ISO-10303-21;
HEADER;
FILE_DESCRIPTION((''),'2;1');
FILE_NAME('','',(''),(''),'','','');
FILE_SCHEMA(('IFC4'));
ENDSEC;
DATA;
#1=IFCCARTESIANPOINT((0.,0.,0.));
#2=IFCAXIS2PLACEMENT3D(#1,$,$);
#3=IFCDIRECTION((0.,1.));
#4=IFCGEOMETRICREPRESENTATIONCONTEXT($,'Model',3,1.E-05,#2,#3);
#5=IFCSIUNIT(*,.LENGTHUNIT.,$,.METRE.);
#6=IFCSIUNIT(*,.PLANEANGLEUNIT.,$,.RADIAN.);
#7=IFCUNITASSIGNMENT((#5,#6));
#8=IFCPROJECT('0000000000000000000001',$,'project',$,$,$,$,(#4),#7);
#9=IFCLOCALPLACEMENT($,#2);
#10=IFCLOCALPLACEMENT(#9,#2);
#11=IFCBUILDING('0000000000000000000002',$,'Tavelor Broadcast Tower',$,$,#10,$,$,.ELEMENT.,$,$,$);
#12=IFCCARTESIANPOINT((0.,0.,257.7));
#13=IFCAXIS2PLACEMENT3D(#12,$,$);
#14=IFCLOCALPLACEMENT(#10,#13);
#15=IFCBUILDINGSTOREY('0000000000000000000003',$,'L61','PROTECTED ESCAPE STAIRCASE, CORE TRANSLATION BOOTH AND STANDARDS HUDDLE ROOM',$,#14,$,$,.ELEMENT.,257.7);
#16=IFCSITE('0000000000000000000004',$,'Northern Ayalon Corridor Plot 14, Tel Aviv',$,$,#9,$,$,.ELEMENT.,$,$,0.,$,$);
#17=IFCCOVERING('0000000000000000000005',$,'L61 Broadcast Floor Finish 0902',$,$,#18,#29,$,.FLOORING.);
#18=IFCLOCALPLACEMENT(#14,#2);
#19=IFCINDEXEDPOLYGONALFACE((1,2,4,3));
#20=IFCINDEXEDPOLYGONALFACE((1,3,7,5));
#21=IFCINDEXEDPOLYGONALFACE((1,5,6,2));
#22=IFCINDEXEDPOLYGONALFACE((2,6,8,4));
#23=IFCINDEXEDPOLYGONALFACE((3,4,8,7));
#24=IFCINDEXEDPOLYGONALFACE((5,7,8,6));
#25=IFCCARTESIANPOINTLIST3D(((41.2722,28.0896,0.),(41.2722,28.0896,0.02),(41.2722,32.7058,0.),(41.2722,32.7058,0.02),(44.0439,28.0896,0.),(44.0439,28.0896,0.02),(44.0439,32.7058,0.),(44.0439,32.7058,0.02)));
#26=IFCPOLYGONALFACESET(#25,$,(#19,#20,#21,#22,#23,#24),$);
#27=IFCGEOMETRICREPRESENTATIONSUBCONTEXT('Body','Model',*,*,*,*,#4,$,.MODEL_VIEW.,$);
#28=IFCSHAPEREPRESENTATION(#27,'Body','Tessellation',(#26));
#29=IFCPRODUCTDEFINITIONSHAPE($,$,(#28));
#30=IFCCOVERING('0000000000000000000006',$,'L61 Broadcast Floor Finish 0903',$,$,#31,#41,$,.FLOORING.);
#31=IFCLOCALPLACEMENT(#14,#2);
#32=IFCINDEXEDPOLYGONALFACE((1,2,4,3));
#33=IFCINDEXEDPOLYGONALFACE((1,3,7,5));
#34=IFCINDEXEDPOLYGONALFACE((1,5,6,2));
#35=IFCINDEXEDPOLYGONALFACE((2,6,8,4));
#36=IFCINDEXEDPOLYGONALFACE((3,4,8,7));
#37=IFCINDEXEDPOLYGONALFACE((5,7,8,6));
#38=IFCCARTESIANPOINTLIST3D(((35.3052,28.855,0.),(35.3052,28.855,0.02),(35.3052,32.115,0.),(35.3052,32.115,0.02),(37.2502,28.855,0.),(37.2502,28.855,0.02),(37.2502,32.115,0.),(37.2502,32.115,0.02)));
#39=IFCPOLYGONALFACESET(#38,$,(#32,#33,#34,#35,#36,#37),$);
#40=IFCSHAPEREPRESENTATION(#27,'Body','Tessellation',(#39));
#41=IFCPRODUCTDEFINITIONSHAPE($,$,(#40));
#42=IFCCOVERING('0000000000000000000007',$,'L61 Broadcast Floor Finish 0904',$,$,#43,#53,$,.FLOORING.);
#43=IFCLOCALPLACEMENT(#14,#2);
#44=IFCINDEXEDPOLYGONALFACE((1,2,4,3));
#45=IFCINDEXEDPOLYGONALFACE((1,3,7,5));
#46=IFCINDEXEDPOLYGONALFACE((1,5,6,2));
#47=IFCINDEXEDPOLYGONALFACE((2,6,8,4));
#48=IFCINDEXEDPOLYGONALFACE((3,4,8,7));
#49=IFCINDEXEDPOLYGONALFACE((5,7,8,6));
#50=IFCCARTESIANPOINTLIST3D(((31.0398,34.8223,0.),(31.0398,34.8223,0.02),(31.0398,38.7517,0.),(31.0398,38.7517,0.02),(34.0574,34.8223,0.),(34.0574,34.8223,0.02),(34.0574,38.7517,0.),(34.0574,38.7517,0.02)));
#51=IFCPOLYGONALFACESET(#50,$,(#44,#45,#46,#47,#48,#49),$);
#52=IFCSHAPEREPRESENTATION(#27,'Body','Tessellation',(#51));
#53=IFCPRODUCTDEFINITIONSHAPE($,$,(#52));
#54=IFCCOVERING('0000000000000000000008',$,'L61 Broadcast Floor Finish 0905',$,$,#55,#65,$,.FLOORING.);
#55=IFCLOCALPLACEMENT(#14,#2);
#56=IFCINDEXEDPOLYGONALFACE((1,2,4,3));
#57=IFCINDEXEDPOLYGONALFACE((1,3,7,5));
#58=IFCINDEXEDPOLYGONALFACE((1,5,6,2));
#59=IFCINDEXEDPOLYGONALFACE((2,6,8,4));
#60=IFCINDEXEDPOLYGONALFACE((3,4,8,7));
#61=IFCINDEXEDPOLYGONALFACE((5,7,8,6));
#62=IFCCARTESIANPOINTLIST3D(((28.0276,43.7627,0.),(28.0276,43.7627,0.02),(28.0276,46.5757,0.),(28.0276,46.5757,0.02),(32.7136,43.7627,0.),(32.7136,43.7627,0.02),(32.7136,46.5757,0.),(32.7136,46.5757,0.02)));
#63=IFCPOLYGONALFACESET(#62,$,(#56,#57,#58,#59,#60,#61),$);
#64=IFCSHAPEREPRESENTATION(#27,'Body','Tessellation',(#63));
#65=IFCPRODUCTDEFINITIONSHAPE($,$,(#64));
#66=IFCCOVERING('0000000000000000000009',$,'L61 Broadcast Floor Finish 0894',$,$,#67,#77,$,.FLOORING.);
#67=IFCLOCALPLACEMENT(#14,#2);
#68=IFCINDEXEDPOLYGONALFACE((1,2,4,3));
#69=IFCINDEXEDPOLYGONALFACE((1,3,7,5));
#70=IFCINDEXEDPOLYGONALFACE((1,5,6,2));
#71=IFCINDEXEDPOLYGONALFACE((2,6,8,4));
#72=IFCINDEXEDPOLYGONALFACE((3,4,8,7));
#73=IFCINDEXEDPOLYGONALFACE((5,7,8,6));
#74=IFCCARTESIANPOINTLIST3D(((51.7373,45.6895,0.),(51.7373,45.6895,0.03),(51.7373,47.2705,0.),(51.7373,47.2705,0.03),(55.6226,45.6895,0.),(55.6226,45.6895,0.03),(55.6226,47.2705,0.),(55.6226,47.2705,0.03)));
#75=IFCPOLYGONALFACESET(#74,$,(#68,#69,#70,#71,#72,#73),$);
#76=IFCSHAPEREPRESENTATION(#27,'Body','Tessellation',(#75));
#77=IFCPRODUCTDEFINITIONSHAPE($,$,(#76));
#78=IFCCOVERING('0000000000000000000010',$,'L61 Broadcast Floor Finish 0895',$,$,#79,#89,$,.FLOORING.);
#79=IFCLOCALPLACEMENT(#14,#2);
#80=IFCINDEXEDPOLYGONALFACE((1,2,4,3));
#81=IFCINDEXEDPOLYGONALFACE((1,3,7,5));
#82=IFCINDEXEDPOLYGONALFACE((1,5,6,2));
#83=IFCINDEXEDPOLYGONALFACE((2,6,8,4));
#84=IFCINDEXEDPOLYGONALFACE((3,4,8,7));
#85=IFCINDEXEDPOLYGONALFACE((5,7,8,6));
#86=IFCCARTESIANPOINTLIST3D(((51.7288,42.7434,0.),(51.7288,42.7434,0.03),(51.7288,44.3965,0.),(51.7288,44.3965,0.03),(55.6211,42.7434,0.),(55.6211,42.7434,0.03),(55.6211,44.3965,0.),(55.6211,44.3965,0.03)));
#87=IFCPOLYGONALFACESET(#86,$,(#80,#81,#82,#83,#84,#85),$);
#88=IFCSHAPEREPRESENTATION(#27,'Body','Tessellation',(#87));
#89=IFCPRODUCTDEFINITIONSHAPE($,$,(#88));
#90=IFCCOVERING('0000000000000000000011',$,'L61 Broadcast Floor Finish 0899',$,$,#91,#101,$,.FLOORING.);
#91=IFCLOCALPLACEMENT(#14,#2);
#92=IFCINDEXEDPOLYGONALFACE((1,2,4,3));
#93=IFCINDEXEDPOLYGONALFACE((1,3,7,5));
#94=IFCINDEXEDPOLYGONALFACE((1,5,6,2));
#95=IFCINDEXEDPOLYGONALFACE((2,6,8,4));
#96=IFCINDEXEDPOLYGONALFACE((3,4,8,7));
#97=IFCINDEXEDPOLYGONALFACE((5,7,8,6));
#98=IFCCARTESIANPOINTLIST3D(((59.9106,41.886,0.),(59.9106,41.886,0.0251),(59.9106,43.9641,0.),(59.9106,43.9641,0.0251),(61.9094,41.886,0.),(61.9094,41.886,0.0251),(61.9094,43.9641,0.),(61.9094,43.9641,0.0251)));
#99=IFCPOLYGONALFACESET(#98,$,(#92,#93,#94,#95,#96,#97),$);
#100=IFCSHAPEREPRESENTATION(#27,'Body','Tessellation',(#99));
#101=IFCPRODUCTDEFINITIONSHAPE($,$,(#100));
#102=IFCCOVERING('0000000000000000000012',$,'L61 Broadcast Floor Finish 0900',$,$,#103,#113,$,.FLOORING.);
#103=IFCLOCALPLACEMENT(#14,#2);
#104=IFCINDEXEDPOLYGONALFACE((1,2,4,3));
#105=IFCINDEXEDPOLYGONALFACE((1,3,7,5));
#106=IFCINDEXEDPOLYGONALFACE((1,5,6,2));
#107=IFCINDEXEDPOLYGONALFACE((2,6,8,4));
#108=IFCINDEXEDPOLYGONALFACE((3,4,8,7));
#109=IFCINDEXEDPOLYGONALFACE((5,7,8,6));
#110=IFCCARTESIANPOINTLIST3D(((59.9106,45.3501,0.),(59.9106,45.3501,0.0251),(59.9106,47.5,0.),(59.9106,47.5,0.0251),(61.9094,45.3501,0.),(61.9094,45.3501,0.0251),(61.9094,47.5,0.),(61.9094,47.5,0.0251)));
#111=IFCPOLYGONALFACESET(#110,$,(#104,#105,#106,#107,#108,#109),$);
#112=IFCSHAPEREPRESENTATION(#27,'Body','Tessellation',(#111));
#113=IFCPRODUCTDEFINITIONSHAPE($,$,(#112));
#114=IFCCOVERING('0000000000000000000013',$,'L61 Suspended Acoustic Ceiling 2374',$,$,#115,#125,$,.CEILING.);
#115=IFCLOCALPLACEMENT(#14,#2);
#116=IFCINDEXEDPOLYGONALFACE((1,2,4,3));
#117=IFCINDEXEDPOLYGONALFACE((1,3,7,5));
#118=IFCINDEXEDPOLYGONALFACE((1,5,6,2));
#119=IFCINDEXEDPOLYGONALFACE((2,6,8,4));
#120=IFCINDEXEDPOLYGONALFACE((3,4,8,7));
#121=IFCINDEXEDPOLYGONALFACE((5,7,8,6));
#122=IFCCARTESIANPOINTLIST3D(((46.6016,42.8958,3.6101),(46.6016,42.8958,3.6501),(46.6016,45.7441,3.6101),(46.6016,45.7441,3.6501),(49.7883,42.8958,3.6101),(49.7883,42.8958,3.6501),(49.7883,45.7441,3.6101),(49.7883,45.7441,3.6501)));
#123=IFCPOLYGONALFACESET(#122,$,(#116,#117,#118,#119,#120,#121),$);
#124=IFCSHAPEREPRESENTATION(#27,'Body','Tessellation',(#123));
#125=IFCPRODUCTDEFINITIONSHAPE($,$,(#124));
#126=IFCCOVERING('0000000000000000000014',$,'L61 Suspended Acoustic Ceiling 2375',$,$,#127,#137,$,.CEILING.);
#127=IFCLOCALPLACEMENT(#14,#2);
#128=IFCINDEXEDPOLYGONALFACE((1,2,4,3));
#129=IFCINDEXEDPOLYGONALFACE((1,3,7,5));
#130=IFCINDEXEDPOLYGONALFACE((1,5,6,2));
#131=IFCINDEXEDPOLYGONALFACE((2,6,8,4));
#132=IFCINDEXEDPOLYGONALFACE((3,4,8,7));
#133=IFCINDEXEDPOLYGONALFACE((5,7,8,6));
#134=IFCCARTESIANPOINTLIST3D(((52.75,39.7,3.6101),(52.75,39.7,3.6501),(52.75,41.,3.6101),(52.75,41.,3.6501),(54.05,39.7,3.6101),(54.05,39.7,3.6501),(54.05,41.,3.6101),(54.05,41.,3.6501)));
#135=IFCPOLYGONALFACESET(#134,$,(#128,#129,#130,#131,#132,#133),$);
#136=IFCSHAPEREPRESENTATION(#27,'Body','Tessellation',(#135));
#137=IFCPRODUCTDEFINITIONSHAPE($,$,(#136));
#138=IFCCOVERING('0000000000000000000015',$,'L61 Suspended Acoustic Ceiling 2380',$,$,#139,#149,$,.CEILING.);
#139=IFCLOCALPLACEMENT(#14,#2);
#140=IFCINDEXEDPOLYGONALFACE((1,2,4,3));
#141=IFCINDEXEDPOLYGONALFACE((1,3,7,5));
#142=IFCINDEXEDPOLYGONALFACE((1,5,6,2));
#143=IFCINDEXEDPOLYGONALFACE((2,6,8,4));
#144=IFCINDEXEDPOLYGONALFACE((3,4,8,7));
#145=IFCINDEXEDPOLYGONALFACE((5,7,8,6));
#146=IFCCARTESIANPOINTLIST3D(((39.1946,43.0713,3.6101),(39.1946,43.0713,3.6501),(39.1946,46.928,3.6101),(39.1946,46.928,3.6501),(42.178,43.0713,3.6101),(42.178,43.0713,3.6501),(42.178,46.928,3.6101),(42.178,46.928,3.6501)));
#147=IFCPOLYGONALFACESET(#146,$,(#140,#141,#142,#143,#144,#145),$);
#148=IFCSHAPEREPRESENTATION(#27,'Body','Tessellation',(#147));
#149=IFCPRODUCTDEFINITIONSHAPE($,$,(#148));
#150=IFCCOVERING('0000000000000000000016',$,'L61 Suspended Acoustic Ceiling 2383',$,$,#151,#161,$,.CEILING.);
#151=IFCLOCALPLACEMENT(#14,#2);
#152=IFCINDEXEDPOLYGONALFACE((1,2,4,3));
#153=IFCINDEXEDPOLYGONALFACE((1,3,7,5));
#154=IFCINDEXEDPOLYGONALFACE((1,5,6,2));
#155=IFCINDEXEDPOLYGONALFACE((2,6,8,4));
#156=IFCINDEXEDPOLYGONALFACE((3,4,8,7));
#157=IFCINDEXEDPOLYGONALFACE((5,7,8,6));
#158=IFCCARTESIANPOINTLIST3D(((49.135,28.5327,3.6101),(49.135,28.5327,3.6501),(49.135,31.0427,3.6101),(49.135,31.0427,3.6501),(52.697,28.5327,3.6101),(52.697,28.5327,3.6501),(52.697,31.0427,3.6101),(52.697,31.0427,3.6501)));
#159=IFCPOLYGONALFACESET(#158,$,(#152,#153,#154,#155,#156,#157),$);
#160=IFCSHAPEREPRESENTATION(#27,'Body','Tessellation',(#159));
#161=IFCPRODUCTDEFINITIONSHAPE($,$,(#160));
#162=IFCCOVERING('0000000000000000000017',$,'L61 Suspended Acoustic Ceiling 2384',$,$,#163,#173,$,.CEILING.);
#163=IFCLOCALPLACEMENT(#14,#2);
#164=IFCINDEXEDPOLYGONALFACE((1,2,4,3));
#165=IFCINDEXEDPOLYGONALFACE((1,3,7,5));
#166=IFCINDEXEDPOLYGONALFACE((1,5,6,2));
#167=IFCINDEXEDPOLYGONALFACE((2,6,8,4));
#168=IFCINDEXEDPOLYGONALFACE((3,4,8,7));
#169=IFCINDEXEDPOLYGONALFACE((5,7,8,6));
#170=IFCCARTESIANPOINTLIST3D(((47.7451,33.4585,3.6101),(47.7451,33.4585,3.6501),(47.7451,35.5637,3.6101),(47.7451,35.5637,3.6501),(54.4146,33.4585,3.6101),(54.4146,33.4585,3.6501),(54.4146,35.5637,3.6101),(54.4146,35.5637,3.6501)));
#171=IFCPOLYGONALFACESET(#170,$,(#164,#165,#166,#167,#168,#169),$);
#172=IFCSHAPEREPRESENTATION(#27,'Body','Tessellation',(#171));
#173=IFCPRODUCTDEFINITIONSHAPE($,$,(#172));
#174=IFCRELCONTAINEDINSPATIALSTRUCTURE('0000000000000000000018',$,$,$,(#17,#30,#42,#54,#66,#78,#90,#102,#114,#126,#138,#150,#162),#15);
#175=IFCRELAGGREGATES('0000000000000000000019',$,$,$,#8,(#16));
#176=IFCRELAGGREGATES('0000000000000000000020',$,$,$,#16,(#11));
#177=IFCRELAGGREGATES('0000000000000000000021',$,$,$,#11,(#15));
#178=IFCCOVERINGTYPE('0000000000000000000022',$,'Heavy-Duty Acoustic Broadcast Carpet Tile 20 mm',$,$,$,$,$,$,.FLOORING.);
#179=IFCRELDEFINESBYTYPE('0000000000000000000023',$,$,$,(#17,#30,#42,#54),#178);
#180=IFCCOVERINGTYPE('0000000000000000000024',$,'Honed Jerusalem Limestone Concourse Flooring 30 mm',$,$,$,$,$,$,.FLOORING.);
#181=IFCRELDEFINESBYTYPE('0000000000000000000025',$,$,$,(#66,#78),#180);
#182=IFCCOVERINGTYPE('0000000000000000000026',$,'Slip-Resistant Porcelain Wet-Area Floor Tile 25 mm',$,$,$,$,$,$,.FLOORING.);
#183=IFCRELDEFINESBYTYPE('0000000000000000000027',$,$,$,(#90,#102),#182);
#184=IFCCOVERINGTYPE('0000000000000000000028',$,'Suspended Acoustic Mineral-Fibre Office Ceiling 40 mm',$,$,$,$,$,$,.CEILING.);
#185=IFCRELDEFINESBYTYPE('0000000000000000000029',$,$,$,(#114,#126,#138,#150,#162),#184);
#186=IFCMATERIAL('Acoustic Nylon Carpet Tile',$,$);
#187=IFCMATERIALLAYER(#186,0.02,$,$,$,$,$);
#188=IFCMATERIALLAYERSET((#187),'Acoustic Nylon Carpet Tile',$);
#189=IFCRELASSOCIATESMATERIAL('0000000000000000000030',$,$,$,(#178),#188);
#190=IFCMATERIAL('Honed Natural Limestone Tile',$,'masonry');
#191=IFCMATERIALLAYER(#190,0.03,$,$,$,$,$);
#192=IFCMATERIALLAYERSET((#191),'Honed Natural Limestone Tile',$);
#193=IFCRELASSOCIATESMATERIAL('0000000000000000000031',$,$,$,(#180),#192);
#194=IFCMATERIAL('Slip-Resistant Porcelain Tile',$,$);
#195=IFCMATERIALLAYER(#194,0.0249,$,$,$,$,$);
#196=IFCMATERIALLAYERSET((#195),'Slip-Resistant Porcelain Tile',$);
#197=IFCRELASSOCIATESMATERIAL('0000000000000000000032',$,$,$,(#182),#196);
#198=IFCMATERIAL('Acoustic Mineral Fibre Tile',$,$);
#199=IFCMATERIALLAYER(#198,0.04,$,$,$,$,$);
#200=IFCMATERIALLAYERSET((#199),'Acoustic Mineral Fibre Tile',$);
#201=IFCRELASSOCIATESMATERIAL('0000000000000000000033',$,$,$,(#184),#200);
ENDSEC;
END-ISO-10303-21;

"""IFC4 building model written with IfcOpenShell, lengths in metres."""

from ifc_helpers import new_model, si_unit, direction, frame, origin, place, context, subcontext, project, spatial, polyline, outline, extrude, material, layer, layer_set, type_object, element, save


model = new_model("IFC4")

# Units and contexts
model_context = context("Model", 3, precision=1e-05, world=origin(), true_north=direction((0.0, 1.0)))
body_context = subcontext(model_context, "Body", "Model", "MODEL_VIEW")
ifc_project = project(units=[si_unit("LENGTHUNIT", "METRE"), si_unit("PLANEANGLEUNIT", "RADIAN")], contexts=[model_context])

# Site, building, storey
site_placement = place(None, origin())
site = spatial("IfcSite", under=ifc_project, at=site_placement, Name="Northern Ayalon Corridor Plot 14, Tel Aviv", CompositionType="ELEMENT", RefElevation=0.0)
building_placement = place(site_placement, origin())
building = spatial("IfcBuilding", under=site, at=building_placement, Name="Tavelor Broadcast Tower", CompositionType="ELEMENT")
storey_placement = place(building_placement, frame((0.0, 0.0, 257.7)))
storey = spatial("IfcBuildingStorey", under=building, at=storey_placement, Name="L61", Description="PROTECTED ESCAPE STAIRCASE, CORE TRANSLATION BOOTH AND STANDARDS HUDDLE ROOM", CompositionType="ELEMENT", Elevation=257.7)

# Coverings
ifc_material_1 = material(Name="Acoustic Nylon Carpet Tile")
ifc_layer_1 = layer(ifc_material_1, 0.02)
ifc_layer_set_1 = layer_set([ifc_layer_1], Name="Acoustic Nylon Carpet Tile")
covering_type_1 = type_object("IfcCoveringType", Name="Heavy-Duty Acoustic Broadcast Carpet Tile 20 mm", PredefinedType="FLOORING", material=ifc_layer_set_1)
covering_1_placement = place(storey_placement, origin())
element("IfcCovering", 1, at=covering_1_placement, inside=storey, type_object=covering_type_1, Name="L61 Broadcast Floor Finish 0902", PredefinedType="FLOORING", context=body_context, shape_type="SweptSolid", body=[
    extrude(outline(polyline([(41.2722, 28.0896), (44.0439, 28.0896), (44.0439, 32.7058), (41.2722, 32.7058), (41.2722, 28.0896)])), origin(), (0.0, 0.0, 1.0), 0.02),
])
covering_2_placement = place(storey_placement, origin())
element("IfcCovering", 2, at=covering_2_placement, inside=storey, type_object=covering_type_1, Name="L61 Broadcast Floor Finish 0903", PredefinedType="FLOORING", context=body_context, shape_type="SweptSolid", body=[
    extrude(outline(polyline([(35.3052, 28.855), (37.2502, 28.855), (37.2502, 32.115), (35.3052, 32.115), (35.3052, 28.855)])), origin(), (0.0, 0.0, 1.0), 0.02),
])
covering_3_placement = place(storey_placement, origin())
element("IfcCovering", 3, at=covering_3_placement, inside=storey, type_object=covering_type_1, Name="L61 Broadcast Floor Finish 0904", PredefinedType="FLOORING", context=body_context, shape_type="SweptSolid", body=[
    extrude(outline(polyline([(31.0398, 34.8223), (34.0574, 34.8223), (34.0574, 38.7517), (31.0398, 38.7517), (31.0398, 34.8223)])), origin(), (0.0, 0.0, 1.0), 0.02),
])
covering_4_placement = place(storey_placement, origin())
element("IfcCovering", 4, at=covering_4_placement, inside=storey, type_object=covering_type_1, Name="L61 Broadcast Floor Finish 0905", PredefinedType="FLOORING", context=body_context, shape_type="SweptSolid", body=[
    extrude(outline(polyline([(28.0276, 43.7627), (32.7136, 43.7627), (32.7136, 46.5757), (28.0276, 46.5757), (28.0276, 43.7627)])), origin(), (0.0, 0.0, 1.0), 0.02),
])
ifc_material_2 = material(Name="Honed Natural Limestone Tile", Category="masonry")
ifc_layer_2 = layer(ifc_material_2, 0.03)
ifc_layer_set_2 = layer_set([ifc_layer_2], Name="Honed Natural Limestone Tile")
covering_type_2 = type_object("IfcCoveringType", Name="Honed Jerusalem Limestone Concourse Flooring 30 mm", PredefinedType="FLOORING", material=ifc_layer_set_2)
covering_5_placement = place(storey_placement, origin())
element("IfcCovering", 5, at=covering_5_placement, inside=storey, type_object=covering_type_2, Name="L61 Broadcast Floor Finish 0894", PredefinedType="FLOORING", context=body_context, shape_type="SweptSolid", body=[
    extrude(outline(polyline([(51.7373, 45.6895), (55.6226, 45.6895), (55.6226, 47.2705), (51.7373, 47.2705), (51.7373, 45.6895)])), origin(), (0.0, 0.0, 1.0), 0.03),
])
covering_6_placement = place(storey_placement, origin())
element("IfcCovering", 6, at=covering_6_placement, inside=storey, type_object=covering_type_2, Name="L61 Broadcast Floor Finish 0895", PredefinedType="FLOORING", context=body_context, shape_type="SweptSolid", body=[
    extrude(outline(polyline([(51.7288, 42.7434), (55.6211, 42.7434), (55.6211, 44.3965), (51.7288, 44.3965), (51.7288, 42.7434)])), origin(), (0.0, 0.0, 1.0), 0.03),
])
ifc_material_3 = material(Name="Slip-Resistant Porcelain Tile")
ifc_layer_3 = layer(ifc_material_3, 0.0249)
ifc_layer_set_3 = layer_set([ifc_layer_3], Name="Slip-Resistant Porcelain Tile")
covering_type_3 = type_object("IfcCoveringType", Name="Slip-Resistant Porcelain Wet-Area Floor Tile 25 mm", PredefinedType="FLOORING", material=ifc_layer_set_3)
covering_7_placement = place(storey_placement, origin())
element("IfcCovering", 7, at=covering_7_placement, inside=storey, type_object=covering_type_3, Name="L61 Broadcast Floor Finish 0899", PredefinedType="FLOORING", context=body_context, shape_type="SweptSolid", body=[
    extrude(outline(polyline([(59.9106, 41.886), (61.9094, 41.886), (61.9094, 43.9641), (59.9106, 43.9641), (59.9106, 41.886)])), origin(), (0.0, 0.0, 1.0), 0.0251),
])
covering_8_placement = place(storey_placement, origin())
element("IfcCovering", 8, at=covering_8_placement, inside=storey, type_object=covering_type_3, Name="L61 Broadcast Floor Finish 0900", PredefinedType="FLOORING", context=body_context, shape_type="SweptSolid", body=[
    extrude(outline(polyline([(59.9106, 45.3501), (61.9094, 45.3501), (61.9094, 47.5), (59.9106, 47.5), (59.9106, 45.3501)])), origin(), (0.0, 0.0, 1.0), 0.0251),
])
ifc_material_4 = material(Name="Acoustic Mineral Fibre Tile")
ifc_layer_4 = layer(ifc_material_4, 0.04)
ifc_layer_set_4 = layer_set([ifc_layer_4], Name="Acoustic Mineral Fibre Tile")
covering_type_4 = type_object("IfcCoveringType", Name="Suspended Acoustic Mineral-Fibre Office Ceiling 40 mm", PredefinedType="CEILING", material=ifc_layer_set_4)
covering_9_placement = place(storey_placement, frame((0.0, 0.0, 3.6101)))
element("IfcCovering", 9, at=covering_9_placement, inside=storey, type_object=covering_type_4, Name="L61 Suspended Acoustic Ceiling 2374", PredefinedType="CEILING", context=body_context, shape_type="SweptSolid", body=[
    extrude(outline(polyline([(46.6016, 42.8958), (49.7883, 42.8958), (49.7883, 45.7441), (46.6016, 45.7441), (46.6016, 42.8958)])), origin(), (0.0, 0.0, 1.0), 0.04),
])
covering_10_placement = place(storey_placement, frame((0.0, 0.0, 3.6101)))
element("IfcCovering", 10, at=covering_10_placement, inside=storey, type_object=covering_type_4, Name="L61 Suspended Acoustic Ceiling 2375", PredefinedType="CEILING", context=body_context, shape_type="SweptSolid", body=[
    extrude(outline(polyline([(52.75, 39.7), (54.05, 39.7), (54.05, 41.0), (52.75, 41.0), (52.75, 39.7)])), origin(), (0.0, 0.0, 1.0), 0.04),
])
covering_11_placement = place(storey_placement, frame((0.0, 0.0, 3.6101)))
element("IfcCovering", 11, at=covering_11_placement, inside=storey, type_object=covering_type_4, Name="L61 Suspended Acoustic Ceiling 2380", PredefinedType="CEILING", context=body_context, shape_type="SweptSolid", body=[
    extrude(outline(polyline([(39.1946, 43.0713), (42.178, 43.0713), (42.178, 46.928), (39.1946, 46.928), (39.1946, 43.0713)])), origin(), (0.0, 0.0, 1.0), 0.04),
])
covering_12_placement = place(storey_placement, frame((0.0, 0.0, 3.6101)))
element("IfcCovering", 12, at=covering_12_placement, inside=storey, type_object=covering_type_4, Name="L61 Suspended Acoustic Ceiling 2383", PredefinedType="CEILING", context=body_context, shape_type="SweptSolid", body=[
    extrude(outline(polyline([(49.135, 28.5327), (52.697, 28.5327), (52.697, 31.0427), (49.135, 31.0427), (49.135, 28.5327)])), origin(), (0.0, 0.0, 1.0), 0.04),
])
covering_13_placement = place(storey_placement, frame((0.0, 0.0, 3.6101)))
element("IfcCovering", 13, at=covering_13_placement, inside=storey, type_object=covering_type_4, Name="L61 Suspended Acoustic Ceiling 2384", PredefinedType="CEILING", context=body_context, shape_type="SweptSolid", body=[
    extrude(outline(polyline([(47.7451, 33.4585), (54.4146, 33.4585), (54.4146, 35.5637), (47.7451, 35.5637), (47.7451, 33.4585)])), origin(), (0.0, 0.0, 1.0), 0.04),
])

save(model, "model.ifc")
